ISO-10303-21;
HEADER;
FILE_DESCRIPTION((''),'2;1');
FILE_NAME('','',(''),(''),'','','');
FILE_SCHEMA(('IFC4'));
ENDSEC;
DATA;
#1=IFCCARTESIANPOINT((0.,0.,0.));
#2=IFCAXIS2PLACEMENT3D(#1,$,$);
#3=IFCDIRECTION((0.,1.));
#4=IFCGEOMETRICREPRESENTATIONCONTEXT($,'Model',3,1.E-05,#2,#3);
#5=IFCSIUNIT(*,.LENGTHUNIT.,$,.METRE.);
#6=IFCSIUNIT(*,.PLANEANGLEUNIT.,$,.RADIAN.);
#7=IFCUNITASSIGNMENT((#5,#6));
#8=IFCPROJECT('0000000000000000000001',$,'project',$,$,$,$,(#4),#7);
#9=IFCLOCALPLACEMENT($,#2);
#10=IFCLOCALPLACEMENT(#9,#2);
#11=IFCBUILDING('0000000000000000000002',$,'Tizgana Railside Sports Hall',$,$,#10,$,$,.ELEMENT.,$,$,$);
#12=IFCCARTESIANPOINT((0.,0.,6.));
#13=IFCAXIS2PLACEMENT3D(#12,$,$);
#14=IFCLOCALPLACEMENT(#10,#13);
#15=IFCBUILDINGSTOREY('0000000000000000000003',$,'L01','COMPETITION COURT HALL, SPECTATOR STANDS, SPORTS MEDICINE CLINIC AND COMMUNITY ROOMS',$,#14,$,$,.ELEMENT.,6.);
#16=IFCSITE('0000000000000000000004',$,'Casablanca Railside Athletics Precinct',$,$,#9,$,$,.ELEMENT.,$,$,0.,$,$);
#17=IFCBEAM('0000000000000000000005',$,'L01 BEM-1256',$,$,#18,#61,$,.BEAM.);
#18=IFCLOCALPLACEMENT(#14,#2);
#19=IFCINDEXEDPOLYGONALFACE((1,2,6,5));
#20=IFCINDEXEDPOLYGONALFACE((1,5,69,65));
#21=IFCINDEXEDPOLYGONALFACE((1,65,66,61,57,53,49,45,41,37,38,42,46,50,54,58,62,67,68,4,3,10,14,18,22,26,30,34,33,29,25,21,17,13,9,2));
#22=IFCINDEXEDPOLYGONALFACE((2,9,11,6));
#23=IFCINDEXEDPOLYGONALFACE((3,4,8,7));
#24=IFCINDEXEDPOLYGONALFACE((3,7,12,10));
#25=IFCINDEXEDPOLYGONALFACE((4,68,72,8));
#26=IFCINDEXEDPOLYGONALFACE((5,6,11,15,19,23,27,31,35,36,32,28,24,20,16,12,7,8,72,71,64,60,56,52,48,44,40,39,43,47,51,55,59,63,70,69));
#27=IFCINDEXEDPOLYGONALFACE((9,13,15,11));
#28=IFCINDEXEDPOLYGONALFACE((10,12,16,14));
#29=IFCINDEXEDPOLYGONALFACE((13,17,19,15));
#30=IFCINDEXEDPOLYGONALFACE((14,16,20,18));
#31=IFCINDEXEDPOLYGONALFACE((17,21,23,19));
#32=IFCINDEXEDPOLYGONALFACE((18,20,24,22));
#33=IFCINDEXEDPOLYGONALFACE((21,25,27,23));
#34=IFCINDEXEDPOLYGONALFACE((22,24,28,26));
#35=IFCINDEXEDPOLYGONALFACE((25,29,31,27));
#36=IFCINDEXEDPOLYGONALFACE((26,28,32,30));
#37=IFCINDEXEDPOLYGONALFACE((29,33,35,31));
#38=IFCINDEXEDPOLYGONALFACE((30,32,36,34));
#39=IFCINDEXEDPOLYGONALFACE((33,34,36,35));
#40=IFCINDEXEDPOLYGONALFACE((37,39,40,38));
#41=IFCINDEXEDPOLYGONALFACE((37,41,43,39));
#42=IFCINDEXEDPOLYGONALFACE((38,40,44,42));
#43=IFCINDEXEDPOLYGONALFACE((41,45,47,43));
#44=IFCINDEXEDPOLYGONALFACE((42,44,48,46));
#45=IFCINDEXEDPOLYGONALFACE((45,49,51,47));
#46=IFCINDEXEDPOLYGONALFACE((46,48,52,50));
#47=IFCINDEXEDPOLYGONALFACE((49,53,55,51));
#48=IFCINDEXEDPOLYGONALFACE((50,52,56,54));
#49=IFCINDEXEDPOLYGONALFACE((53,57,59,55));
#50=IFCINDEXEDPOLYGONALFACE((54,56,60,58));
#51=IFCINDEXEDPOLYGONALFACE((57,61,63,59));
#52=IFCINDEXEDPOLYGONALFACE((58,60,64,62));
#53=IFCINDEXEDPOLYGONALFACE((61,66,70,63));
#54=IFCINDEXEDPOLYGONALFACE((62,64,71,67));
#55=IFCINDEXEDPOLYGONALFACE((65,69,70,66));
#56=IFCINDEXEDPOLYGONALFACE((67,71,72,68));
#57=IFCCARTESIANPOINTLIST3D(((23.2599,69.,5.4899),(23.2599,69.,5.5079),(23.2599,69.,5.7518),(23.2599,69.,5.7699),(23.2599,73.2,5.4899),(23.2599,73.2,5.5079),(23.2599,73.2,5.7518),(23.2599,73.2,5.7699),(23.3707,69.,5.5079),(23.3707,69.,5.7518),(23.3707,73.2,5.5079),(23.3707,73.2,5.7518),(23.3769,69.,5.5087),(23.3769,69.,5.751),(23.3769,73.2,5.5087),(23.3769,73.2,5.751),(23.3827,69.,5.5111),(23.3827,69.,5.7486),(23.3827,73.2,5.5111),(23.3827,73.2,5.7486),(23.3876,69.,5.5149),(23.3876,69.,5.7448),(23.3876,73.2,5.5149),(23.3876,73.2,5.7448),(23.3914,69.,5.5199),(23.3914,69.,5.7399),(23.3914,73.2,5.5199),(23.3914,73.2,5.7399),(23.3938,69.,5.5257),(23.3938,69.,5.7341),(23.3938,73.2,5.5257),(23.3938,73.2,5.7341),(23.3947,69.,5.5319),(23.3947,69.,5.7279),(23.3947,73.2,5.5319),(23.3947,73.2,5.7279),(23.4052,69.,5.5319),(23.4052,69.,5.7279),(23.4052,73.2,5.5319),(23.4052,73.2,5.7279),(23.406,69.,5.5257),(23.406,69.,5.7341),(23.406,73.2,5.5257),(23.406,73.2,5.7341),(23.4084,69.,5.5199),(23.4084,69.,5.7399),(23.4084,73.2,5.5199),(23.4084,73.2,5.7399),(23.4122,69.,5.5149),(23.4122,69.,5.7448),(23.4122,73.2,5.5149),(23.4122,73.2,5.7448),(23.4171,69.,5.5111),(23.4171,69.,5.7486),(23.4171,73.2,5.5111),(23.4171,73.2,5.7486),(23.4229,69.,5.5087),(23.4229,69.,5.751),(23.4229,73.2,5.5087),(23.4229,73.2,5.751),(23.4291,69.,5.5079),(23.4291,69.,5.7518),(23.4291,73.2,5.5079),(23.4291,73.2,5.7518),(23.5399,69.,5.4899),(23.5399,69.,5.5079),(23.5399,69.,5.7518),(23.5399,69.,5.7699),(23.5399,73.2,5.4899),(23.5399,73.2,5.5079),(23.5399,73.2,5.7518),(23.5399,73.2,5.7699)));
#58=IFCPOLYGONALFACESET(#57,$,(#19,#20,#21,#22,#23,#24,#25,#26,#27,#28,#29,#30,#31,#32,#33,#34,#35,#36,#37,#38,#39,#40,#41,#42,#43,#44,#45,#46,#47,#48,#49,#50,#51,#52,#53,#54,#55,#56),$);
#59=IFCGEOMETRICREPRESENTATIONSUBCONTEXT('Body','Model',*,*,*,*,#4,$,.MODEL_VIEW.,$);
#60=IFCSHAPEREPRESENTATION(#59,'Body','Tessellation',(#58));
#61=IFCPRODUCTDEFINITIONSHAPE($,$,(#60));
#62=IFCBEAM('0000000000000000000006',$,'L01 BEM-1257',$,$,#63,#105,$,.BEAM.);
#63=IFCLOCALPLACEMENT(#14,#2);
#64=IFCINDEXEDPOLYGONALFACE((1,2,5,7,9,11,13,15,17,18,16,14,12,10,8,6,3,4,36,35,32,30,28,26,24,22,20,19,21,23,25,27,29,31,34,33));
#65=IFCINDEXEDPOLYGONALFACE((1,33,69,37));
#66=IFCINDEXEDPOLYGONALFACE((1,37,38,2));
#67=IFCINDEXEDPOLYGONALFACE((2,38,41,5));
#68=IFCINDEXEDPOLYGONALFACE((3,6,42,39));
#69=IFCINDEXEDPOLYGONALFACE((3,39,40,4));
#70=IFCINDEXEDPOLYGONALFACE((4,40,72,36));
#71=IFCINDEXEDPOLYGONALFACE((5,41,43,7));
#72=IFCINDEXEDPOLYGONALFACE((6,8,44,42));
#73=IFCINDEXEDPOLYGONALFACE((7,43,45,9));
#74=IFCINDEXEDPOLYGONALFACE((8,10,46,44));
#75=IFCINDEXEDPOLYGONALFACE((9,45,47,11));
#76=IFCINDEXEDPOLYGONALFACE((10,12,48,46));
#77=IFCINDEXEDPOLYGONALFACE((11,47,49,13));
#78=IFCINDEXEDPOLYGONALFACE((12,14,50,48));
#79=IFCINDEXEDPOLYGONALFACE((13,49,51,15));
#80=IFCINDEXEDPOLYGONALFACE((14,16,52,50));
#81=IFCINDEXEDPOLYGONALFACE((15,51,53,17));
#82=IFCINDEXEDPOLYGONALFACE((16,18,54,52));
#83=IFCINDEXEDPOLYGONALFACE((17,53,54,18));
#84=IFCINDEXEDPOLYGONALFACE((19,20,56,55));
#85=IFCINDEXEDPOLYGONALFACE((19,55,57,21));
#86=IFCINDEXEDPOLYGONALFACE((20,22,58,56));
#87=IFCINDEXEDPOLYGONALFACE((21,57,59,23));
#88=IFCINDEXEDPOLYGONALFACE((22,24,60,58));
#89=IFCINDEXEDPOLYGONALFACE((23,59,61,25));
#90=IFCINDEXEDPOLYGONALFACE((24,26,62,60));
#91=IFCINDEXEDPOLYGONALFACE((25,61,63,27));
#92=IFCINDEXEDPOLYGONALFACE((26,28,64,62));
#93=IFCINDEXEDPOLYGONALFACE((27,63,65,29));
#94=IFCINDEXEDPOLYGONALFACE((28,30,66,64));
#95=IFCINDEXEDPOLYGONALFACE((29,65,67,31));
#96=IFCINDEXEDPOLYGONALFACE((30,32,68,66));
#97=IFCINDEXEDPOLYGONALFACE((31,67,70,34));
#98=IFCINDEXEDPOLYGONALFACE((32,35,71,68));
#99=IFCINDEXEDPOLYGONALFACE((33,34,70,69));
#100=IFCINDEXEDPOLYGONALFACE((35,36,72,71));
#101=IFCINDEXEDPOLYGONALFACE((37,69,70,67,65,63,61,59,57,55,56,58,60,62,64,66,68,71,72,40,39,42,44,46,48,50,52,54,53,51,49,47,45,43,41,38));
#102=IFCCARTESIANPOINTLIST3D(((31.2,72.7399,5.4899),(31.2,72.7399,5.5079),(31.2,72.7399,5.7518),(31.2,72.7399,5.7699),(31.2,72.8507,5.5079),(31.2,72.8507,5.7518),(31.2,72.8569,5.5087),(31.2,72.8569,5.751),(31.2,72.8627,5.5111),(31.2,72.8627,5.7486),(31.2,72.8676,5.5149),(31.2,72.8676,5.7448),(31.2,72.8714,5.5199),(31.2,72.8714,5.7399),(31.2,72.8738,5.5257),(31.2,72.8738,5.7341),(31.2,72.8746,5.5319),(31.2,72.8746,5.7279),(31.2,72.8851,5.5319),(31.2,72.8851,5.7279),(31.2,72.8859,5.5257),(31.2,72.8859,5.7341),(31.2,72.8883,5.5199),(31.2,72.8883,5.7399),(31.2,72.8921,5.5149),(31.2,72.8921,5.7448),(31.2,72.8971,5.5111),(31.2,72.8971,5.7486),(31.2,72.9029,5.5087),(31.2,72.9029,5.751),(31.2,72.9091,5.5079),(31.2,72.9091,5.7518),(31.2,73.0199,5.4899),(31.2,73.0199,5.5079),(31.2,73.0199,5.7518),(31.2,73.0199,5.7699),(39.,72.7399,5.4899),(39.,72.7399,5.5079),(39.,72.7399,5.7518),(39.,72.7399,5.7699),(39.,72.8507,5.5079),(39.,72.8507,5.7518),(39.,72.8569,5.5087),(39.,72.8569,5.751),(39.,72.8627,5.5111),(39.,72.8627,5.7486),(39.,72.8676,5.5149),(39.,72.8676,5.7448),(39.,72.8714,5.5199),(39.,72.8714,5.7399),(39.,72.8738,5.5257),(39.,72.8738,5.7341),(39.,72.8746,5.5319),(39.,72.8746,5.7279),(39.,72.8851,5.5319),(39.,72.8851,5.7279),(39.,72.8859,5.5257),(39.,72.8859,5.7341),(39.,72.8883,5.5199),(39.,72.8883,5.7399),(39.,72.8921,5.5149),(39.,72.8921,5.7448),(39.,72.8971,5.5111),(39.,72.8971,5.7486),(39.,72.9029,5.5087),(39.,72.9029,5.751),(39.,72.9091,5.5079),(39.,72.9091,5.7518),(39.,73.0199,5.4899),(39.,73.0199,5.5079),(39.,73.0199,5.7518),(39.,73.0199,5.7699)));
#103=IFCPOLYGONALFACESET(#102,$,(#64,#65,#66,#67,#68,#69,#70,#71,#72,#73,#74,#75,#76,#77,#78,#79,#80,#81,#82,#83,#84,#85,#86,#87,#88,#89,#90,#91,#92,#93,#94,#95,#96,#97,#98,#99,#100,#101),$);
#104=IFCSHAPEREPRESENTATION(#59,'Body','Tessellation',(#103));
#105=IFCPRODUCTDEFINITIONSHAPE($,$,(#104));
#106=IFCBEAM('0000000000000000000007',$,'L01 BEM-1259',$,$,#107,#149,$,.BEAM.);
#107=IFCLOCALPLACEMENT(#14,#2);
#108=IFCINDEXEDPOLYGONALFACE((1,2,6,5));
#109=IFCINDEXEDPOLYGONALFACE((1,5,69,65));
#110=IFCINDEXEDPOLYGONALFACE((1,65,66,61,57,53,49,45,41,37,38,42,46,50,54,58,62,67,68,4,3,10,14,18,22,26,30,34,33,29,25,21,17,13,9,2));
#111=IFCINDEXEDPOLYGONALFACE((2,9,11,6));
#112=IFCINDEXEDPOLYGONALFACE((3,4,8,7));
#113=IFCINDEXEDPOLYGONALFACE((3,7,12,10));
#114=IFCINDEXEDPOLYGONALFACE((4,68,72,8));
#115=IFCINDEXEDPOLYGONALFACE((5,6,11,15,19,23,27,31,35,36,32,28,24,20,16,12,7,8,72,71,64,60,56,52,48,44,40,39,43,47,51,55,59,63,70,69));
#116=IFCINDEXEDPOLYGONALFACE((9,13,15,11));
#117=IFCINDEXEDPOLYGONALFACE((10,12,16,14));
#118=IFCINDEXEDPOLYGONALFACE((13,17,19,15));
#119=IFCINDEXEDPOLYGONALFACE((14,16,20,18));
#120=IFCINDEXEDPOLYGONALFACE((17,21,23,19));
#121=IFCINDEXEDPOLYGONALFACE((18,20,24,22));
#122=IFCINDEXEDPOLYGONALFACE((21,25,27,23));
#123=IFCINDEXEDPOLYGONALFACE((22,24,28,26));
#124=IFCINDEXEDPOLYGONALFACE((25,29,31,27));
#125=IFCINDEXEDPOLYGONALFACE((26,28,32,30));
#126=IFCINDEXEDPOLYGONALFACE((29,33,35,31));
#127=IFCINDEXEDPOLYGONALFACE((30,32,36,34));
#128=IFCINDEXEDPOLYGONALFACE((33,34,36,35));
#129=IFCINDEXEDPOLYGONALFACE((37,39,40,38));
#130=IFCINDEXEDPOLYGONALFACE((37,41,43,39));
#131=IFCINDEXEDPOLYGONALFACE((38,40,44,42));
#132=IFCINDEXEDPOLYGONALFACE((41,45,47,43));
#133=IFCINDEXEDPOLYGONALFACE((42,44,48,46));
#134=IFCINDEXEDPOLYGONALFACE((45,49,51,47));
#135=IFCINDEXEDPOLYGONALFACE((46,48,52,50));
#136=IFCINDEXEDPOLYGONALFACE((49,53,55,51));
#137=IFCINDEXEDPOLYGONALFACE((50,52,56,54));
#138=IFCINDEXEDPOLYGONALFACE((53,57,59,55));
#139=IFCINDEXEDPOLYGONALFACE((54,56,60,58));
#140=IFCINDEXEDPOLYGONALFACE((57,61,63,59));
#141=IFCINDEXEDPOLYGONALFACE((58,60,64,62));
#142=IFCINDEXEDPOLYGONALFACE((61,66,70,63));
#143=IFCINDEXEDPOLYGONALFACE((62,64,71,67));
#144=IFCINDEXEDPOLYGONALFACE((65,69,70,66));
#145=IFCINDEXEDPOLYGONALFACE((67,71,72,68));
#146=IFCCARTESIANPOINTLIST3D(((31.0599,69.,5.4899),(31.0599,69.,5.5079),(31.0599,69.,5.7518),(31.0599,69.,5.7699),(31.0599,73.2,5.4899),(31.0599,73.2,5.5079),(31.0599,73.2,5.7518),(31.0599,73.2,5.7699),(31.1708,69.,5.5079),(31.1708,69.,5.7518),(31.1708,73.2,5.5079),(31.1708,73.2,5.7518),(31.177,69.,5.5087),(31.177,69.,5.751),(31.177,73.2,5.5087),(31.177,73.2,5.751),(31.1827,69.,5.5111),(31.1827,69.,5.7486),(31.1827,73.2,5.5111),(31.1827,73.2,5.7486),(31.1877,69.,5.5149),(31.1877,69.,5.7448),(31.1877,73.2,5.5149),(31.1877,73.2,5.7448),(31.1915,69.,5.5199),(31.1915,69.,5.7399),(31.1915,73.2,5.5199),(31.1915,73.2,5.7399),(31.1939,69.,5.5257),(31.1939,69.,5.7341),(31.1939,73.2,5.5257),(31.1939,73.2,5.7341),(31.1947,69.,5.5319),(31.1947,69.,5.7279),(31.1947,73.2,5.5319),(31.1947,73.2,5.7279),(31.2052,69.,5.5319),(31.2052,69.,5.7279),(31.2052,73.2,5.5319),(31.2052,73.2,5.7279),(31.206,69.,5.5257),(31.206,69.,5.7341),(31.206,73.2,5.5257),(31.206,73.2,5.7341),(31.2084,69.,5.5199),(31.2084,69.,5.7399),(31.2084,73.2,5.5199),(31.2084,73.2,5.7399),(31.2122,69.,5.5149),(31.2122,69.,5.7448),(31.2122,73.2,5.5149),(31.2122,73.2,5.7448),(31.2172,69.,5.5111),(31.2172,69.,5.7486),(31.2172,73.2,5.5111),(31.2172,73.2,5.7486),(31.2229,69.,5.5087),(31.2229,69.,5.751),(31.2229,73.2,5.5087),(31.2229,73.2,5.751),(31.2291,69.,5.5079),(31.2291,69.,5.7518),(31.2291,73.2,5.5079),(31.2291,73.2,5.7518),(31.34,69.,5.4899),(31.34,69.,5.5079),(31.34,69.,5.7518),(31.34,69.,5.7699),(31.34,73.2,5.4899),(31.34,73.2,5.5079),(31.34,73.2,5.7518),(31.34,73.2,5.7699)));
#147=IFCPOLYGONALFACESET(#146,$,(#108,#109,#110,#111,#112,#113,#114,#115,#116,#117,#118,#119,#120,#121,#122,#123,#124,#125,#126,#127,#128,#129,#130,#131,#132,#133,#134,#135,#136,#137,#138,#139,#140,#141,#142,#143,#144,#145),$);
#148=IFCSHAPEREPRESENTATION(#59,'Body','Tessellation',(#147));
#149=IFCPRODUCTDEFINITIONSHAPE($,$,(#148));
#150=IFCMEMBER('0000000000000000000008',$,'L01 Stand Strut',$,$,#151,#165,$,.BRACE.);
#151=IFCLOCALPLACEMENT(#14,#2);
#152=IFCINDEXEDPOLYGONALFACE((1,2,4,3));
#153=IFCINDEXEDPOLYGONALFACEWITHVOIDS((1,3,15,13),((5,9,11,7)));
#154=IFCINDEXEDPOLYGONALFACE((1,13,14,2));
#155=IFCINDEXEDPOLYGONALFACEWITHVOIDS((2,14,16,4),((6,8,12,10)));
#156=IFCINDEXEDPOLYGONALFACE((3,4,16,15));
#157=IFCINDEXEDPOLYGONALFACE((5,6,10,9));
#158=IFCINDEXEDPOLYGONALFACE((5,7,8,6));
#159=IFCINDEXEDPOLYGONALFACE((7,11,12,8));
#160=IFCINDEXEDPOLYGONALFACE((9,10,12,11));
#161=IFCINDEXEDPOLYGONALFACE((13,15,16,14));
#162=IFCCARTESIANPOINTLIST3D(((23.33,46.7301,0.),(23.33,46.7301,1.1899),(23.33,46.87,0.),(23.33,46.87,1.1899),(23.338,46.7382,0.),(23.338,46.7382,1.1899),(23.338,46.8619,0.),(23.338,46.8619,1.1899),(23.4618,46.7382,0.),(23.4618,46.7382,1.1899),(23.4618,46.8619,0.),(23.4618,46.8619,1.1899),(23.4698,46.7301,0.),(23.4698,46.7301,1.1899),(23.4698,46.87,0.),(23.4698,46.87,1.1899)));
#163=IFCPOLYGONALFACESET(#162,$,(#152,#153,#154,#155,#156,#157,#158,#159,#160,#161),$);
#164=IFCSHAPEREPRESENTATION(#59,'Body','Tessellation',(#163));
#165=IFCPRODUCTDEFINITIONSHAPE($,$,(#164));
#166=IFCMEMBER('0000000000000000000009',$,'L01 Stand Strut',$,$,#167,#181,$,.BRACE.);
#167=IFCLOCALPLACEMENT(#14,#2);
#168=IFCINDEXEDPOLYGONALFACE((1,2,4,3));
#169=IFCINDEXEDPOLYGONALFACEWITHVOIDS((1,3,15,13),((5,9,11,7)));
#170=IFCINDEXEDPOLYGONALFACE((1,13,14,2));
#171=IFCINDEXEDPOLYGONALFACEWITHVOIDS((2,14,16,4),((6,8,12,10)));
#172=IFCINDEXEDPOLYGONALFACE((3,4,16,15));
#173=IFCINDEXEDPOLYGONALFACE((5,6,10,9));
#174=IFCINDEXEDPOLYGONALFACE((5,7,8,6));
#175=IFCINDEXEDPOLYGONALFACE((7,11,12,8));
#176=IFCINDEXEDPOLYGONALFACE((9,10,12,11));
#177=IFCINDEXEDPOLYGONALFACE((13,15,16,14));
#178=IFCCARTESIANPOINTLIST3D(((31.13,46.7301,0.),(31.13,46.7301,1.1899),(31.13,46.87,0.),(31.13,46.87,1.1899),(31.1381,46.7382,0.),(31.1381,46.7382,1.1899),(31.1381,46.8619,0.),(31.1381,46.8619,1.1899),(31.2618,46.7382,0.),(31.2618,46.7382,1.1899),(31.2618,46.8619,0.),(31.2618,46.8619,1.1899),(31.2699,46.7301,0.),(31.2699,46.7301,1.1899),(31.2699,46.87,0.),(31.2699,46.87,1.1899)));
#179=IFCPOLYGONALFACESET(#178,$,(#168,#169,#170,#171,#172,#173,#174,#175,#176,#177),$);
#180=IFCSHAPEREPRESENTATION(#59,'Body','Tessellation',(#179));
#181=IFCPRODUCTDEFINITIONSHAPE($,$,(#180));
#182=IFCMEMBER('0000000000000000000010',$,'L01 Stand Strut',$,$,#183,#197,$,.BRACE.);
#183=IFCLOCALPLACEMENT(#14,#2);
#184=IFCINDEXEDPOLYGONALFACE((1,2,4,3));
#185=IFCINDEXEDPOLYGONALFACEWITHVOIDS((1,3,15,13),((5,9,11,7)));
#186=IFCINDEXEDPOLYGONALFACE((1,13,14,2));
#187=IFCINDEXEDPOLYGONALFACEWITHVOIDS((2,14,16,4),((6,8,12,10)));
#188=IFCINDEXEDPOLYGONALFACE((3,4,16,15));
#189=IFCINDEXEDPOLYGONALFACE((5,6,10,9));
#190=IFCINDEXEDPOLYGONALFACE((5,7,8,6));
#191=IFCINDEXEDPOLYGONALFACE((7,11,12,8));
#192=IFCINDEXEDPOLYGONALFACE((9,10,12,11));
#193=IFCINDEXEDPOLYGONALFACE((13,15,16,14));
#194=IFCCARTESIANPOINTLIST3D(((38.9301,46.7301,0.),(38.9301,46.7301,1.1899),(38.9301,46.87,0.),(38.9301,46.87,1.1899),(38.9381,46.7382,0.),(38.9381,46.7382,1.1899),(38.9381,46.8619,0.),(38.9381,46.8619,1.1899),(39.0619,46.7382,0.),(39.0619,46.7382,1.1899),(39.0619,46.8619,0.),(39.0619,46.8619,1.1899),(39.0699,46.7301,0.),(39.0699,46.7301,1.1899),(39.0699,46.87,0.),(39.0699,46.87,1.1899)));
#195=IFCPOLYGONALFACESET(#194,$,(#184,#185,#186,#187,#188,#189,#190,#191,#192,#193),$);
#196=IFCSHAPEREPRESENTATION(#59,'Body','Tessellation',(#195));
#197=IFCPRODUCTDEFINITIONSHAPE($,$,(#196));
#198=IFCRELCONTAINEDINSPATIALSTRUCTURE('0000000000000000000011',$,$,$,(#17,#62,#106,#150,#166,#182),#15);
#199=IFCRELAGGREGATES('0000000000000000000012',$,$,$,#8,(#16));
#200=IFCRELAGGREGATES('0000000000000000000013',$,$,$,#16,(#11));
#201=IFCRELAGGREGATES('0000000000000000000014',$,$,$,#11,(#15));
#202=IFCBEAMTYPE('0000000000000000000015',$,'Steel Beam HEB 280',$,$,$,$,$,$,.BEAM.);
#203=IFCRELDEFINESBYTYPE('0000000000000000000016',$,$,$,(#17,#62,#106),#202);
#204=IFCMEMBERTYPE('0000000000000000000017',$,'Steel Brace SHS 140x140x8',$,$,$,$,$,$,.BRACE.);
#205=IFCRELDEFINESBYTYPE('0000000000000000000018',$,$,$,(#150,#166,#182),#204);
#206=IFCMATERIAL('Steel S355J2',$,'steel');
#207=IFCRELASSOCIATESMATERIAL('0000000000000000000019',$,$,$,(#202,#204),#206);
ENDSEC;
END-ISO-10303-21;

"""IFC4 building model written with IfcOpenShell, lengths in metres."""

from ifc_helpers import new_model, si_unit, direction, frame, origin, origin_2d, place, context, subcontext, project, spatial, hollow_rectangle, i_section, extrude, material, material_profile, profile_set, type_object, element, save


model = new_model("IFC4")

# Units and contexts
model_context = context("Model", 3, precision=1e-05, world=origin(), true_north=direction((0.0, 1.0)))
body_context = subcontext(model_context, "Body", "Model", "MODEL_VIEW")
ifc_project = project(units=[si_unit("LENGTHUNIT", "METRE"), si_unit("PLANEANGLEUNIT", "RADIAN")], contexts=[model_context])

# Site, building, storey
site_placement = place(None, origin())
site = spatial("IfcSite", under=ifc_project, at=site_placement, Name="Casablanca Railside Athletics Precinct", CompositionType="ELEMENT", RefElevation=0.0)
building_placement = place(site_placement, origin())
building = spatial("IfcBuilding", under=site, at=building_placement, Name="Tizgana Railside Sports Hall", CompositionType="ELEMENT")
storey_placement = place(building_placement, frame((0.0, 0.0, 6.0)))
storey = spatial("IfcBuildingStorey", under=building, at=storey_placement, Name="L01", Description="COMPETITION COURT HALL, SPECTATOR STANDS, SPORTS MEDICINE CLINIC AND COMMUNITY ROOMS", CompositionType="ELEMENT", Elevation=6.0)

# Beams
ifc_material_1 = material(Name="Steel S355J2", Category="steel")
ifc_material_profile_1 = material_profile(ifc_material_1, i_section(OverallWidth=0.28, OverallDepth=0.28, WebThickness=0.0105, FlangeThickness=0.0181, FilletRadius=0.0239, at=origin_2d()), Name="HEB 280")
ifc_profile_set_1 = profile_set([ifc_material_profile_1], Name="Steel S355J2")
beam_type_1 = type_object("IfcBeamType", Name="Steel Beam HEB 280", PredefinedType="BEAM", material=ifc_profile_set_1)
beam_1_placement = place(storey_placement, frame((23.3999, 73.2, 5.6299), z_axis=(0.0, -1.0, 0.0), x_axis=(1.0, 0.0, 0.0)))
element("IfcBeam", 1, at=beam_1_placement, inside=storey, type_object=beam_type_1, Name="L01 BEM-1256", PredefinedType="BEAM", context=body_context, shape_type="SweptSolid", body=[
    extrude(i_section(OverallWidth=0.28, OverallDepth=0.28, WebThickness=0.0105, FlangeThickness=0.0181, FilletRadius=0.0239, at=origin_2d()), origin(), (0.0, 0.0, 1.0), 4.2),
])
beam_2_placement = place(storey_placement, frame((31.2, 72.8799, 5.6299), z_axis=(1.0, 0.0, 0.0), x_axis=(0.0, 1.0, 0.0)))
element("IfcBeam", 2, at=beam_2_placement, inside=storey, type_object=beam_type_1, Name="L01 BEM-1257", PredefinedType="BEAM", context=body_context, shape_type="SweptSolid", body=[
    extrude(i_section(OverallWidth=0.28, OverallDepth=0.28, WebThickness=0.0105, FlangeThickness=0.0181, FilletRadius=0.0239, at=origin_2d()), origin(), (0.0, 0.0, 1.0), 7.8),
])
beam_3_placement = place(storey_placement, frame((31.2, 73.2, 5.6299), z_axis=(0.0, -1.0, 0.0), x_axis=(1.0, 0.0, 0.0)))
element("IfcBeam", 3, at=beam_3_placement, inside=storey, type_object=beam_type_1, Name="L01 BEM-1259", PredefinedType="BEAM", context=body_context, shape_type="SweptSolid", body=[
    extrude(i_section(OverallWidth=0.28, OverallDepth=0.28, WebThickness=0.0105, FlangeThickness=0.0181, FilletRadius=0.0239, at=origin_2d()), origin(), (0.0, 0.0, 1.0), 4.2),
])

# Members
ifc_material_profile_2 = material_profile(ifc_material_1, hollow_rectangle(XDim=0.1399, YDim=0.1399, WallThickness=0.0081, at=origin_2d()), Name="SHS 140x140x8")
ifc_profile_set_2 = profile_set([ifc_material_profile_2], Name="Steel S355J2")
member_type = type_object("IfcMemberType", Name="Steel Brace SHS 140x140x8", PredefinedType="BRACE", material=ifc_profile_set_2)
for number, where, z_axis, x_axis, name in (
    (4, (23.3999, 46.8, 0.0), (0.0, 0.0, 1.0), (1.0, 0.0, 0.0), "L01 Stand Strut"),
    (5, (31.2, 46.8, 0.0), (0.0, 0.0, 1.0), (1.0, 0.0, 0.0), "L01 Stand Strut"),
    (6, (39.0, 46.8, 0.0), (0.0, 0.0, 1.0), (1.0, 0.0, 0.0), "L01 Stand Strut"),
):
    element("IfcMember", number, at=place(storey_placement, frame(where, z_axis=z_axis, x_axis=x_axis)), inside=storey, type_object=member_type, Name=name, PredefinedType="BRACE", context=body_context, shape_type="SweptSolid", body=[
        extrude(hollow_rectangle(XDim=0.1399, YDim=0.1399, WallThickness=0.0081, at=origin_2d()), origin(), (0.0, 0.0, 1.0), 1.1899),
    ])

save(model, "model.ifc")
